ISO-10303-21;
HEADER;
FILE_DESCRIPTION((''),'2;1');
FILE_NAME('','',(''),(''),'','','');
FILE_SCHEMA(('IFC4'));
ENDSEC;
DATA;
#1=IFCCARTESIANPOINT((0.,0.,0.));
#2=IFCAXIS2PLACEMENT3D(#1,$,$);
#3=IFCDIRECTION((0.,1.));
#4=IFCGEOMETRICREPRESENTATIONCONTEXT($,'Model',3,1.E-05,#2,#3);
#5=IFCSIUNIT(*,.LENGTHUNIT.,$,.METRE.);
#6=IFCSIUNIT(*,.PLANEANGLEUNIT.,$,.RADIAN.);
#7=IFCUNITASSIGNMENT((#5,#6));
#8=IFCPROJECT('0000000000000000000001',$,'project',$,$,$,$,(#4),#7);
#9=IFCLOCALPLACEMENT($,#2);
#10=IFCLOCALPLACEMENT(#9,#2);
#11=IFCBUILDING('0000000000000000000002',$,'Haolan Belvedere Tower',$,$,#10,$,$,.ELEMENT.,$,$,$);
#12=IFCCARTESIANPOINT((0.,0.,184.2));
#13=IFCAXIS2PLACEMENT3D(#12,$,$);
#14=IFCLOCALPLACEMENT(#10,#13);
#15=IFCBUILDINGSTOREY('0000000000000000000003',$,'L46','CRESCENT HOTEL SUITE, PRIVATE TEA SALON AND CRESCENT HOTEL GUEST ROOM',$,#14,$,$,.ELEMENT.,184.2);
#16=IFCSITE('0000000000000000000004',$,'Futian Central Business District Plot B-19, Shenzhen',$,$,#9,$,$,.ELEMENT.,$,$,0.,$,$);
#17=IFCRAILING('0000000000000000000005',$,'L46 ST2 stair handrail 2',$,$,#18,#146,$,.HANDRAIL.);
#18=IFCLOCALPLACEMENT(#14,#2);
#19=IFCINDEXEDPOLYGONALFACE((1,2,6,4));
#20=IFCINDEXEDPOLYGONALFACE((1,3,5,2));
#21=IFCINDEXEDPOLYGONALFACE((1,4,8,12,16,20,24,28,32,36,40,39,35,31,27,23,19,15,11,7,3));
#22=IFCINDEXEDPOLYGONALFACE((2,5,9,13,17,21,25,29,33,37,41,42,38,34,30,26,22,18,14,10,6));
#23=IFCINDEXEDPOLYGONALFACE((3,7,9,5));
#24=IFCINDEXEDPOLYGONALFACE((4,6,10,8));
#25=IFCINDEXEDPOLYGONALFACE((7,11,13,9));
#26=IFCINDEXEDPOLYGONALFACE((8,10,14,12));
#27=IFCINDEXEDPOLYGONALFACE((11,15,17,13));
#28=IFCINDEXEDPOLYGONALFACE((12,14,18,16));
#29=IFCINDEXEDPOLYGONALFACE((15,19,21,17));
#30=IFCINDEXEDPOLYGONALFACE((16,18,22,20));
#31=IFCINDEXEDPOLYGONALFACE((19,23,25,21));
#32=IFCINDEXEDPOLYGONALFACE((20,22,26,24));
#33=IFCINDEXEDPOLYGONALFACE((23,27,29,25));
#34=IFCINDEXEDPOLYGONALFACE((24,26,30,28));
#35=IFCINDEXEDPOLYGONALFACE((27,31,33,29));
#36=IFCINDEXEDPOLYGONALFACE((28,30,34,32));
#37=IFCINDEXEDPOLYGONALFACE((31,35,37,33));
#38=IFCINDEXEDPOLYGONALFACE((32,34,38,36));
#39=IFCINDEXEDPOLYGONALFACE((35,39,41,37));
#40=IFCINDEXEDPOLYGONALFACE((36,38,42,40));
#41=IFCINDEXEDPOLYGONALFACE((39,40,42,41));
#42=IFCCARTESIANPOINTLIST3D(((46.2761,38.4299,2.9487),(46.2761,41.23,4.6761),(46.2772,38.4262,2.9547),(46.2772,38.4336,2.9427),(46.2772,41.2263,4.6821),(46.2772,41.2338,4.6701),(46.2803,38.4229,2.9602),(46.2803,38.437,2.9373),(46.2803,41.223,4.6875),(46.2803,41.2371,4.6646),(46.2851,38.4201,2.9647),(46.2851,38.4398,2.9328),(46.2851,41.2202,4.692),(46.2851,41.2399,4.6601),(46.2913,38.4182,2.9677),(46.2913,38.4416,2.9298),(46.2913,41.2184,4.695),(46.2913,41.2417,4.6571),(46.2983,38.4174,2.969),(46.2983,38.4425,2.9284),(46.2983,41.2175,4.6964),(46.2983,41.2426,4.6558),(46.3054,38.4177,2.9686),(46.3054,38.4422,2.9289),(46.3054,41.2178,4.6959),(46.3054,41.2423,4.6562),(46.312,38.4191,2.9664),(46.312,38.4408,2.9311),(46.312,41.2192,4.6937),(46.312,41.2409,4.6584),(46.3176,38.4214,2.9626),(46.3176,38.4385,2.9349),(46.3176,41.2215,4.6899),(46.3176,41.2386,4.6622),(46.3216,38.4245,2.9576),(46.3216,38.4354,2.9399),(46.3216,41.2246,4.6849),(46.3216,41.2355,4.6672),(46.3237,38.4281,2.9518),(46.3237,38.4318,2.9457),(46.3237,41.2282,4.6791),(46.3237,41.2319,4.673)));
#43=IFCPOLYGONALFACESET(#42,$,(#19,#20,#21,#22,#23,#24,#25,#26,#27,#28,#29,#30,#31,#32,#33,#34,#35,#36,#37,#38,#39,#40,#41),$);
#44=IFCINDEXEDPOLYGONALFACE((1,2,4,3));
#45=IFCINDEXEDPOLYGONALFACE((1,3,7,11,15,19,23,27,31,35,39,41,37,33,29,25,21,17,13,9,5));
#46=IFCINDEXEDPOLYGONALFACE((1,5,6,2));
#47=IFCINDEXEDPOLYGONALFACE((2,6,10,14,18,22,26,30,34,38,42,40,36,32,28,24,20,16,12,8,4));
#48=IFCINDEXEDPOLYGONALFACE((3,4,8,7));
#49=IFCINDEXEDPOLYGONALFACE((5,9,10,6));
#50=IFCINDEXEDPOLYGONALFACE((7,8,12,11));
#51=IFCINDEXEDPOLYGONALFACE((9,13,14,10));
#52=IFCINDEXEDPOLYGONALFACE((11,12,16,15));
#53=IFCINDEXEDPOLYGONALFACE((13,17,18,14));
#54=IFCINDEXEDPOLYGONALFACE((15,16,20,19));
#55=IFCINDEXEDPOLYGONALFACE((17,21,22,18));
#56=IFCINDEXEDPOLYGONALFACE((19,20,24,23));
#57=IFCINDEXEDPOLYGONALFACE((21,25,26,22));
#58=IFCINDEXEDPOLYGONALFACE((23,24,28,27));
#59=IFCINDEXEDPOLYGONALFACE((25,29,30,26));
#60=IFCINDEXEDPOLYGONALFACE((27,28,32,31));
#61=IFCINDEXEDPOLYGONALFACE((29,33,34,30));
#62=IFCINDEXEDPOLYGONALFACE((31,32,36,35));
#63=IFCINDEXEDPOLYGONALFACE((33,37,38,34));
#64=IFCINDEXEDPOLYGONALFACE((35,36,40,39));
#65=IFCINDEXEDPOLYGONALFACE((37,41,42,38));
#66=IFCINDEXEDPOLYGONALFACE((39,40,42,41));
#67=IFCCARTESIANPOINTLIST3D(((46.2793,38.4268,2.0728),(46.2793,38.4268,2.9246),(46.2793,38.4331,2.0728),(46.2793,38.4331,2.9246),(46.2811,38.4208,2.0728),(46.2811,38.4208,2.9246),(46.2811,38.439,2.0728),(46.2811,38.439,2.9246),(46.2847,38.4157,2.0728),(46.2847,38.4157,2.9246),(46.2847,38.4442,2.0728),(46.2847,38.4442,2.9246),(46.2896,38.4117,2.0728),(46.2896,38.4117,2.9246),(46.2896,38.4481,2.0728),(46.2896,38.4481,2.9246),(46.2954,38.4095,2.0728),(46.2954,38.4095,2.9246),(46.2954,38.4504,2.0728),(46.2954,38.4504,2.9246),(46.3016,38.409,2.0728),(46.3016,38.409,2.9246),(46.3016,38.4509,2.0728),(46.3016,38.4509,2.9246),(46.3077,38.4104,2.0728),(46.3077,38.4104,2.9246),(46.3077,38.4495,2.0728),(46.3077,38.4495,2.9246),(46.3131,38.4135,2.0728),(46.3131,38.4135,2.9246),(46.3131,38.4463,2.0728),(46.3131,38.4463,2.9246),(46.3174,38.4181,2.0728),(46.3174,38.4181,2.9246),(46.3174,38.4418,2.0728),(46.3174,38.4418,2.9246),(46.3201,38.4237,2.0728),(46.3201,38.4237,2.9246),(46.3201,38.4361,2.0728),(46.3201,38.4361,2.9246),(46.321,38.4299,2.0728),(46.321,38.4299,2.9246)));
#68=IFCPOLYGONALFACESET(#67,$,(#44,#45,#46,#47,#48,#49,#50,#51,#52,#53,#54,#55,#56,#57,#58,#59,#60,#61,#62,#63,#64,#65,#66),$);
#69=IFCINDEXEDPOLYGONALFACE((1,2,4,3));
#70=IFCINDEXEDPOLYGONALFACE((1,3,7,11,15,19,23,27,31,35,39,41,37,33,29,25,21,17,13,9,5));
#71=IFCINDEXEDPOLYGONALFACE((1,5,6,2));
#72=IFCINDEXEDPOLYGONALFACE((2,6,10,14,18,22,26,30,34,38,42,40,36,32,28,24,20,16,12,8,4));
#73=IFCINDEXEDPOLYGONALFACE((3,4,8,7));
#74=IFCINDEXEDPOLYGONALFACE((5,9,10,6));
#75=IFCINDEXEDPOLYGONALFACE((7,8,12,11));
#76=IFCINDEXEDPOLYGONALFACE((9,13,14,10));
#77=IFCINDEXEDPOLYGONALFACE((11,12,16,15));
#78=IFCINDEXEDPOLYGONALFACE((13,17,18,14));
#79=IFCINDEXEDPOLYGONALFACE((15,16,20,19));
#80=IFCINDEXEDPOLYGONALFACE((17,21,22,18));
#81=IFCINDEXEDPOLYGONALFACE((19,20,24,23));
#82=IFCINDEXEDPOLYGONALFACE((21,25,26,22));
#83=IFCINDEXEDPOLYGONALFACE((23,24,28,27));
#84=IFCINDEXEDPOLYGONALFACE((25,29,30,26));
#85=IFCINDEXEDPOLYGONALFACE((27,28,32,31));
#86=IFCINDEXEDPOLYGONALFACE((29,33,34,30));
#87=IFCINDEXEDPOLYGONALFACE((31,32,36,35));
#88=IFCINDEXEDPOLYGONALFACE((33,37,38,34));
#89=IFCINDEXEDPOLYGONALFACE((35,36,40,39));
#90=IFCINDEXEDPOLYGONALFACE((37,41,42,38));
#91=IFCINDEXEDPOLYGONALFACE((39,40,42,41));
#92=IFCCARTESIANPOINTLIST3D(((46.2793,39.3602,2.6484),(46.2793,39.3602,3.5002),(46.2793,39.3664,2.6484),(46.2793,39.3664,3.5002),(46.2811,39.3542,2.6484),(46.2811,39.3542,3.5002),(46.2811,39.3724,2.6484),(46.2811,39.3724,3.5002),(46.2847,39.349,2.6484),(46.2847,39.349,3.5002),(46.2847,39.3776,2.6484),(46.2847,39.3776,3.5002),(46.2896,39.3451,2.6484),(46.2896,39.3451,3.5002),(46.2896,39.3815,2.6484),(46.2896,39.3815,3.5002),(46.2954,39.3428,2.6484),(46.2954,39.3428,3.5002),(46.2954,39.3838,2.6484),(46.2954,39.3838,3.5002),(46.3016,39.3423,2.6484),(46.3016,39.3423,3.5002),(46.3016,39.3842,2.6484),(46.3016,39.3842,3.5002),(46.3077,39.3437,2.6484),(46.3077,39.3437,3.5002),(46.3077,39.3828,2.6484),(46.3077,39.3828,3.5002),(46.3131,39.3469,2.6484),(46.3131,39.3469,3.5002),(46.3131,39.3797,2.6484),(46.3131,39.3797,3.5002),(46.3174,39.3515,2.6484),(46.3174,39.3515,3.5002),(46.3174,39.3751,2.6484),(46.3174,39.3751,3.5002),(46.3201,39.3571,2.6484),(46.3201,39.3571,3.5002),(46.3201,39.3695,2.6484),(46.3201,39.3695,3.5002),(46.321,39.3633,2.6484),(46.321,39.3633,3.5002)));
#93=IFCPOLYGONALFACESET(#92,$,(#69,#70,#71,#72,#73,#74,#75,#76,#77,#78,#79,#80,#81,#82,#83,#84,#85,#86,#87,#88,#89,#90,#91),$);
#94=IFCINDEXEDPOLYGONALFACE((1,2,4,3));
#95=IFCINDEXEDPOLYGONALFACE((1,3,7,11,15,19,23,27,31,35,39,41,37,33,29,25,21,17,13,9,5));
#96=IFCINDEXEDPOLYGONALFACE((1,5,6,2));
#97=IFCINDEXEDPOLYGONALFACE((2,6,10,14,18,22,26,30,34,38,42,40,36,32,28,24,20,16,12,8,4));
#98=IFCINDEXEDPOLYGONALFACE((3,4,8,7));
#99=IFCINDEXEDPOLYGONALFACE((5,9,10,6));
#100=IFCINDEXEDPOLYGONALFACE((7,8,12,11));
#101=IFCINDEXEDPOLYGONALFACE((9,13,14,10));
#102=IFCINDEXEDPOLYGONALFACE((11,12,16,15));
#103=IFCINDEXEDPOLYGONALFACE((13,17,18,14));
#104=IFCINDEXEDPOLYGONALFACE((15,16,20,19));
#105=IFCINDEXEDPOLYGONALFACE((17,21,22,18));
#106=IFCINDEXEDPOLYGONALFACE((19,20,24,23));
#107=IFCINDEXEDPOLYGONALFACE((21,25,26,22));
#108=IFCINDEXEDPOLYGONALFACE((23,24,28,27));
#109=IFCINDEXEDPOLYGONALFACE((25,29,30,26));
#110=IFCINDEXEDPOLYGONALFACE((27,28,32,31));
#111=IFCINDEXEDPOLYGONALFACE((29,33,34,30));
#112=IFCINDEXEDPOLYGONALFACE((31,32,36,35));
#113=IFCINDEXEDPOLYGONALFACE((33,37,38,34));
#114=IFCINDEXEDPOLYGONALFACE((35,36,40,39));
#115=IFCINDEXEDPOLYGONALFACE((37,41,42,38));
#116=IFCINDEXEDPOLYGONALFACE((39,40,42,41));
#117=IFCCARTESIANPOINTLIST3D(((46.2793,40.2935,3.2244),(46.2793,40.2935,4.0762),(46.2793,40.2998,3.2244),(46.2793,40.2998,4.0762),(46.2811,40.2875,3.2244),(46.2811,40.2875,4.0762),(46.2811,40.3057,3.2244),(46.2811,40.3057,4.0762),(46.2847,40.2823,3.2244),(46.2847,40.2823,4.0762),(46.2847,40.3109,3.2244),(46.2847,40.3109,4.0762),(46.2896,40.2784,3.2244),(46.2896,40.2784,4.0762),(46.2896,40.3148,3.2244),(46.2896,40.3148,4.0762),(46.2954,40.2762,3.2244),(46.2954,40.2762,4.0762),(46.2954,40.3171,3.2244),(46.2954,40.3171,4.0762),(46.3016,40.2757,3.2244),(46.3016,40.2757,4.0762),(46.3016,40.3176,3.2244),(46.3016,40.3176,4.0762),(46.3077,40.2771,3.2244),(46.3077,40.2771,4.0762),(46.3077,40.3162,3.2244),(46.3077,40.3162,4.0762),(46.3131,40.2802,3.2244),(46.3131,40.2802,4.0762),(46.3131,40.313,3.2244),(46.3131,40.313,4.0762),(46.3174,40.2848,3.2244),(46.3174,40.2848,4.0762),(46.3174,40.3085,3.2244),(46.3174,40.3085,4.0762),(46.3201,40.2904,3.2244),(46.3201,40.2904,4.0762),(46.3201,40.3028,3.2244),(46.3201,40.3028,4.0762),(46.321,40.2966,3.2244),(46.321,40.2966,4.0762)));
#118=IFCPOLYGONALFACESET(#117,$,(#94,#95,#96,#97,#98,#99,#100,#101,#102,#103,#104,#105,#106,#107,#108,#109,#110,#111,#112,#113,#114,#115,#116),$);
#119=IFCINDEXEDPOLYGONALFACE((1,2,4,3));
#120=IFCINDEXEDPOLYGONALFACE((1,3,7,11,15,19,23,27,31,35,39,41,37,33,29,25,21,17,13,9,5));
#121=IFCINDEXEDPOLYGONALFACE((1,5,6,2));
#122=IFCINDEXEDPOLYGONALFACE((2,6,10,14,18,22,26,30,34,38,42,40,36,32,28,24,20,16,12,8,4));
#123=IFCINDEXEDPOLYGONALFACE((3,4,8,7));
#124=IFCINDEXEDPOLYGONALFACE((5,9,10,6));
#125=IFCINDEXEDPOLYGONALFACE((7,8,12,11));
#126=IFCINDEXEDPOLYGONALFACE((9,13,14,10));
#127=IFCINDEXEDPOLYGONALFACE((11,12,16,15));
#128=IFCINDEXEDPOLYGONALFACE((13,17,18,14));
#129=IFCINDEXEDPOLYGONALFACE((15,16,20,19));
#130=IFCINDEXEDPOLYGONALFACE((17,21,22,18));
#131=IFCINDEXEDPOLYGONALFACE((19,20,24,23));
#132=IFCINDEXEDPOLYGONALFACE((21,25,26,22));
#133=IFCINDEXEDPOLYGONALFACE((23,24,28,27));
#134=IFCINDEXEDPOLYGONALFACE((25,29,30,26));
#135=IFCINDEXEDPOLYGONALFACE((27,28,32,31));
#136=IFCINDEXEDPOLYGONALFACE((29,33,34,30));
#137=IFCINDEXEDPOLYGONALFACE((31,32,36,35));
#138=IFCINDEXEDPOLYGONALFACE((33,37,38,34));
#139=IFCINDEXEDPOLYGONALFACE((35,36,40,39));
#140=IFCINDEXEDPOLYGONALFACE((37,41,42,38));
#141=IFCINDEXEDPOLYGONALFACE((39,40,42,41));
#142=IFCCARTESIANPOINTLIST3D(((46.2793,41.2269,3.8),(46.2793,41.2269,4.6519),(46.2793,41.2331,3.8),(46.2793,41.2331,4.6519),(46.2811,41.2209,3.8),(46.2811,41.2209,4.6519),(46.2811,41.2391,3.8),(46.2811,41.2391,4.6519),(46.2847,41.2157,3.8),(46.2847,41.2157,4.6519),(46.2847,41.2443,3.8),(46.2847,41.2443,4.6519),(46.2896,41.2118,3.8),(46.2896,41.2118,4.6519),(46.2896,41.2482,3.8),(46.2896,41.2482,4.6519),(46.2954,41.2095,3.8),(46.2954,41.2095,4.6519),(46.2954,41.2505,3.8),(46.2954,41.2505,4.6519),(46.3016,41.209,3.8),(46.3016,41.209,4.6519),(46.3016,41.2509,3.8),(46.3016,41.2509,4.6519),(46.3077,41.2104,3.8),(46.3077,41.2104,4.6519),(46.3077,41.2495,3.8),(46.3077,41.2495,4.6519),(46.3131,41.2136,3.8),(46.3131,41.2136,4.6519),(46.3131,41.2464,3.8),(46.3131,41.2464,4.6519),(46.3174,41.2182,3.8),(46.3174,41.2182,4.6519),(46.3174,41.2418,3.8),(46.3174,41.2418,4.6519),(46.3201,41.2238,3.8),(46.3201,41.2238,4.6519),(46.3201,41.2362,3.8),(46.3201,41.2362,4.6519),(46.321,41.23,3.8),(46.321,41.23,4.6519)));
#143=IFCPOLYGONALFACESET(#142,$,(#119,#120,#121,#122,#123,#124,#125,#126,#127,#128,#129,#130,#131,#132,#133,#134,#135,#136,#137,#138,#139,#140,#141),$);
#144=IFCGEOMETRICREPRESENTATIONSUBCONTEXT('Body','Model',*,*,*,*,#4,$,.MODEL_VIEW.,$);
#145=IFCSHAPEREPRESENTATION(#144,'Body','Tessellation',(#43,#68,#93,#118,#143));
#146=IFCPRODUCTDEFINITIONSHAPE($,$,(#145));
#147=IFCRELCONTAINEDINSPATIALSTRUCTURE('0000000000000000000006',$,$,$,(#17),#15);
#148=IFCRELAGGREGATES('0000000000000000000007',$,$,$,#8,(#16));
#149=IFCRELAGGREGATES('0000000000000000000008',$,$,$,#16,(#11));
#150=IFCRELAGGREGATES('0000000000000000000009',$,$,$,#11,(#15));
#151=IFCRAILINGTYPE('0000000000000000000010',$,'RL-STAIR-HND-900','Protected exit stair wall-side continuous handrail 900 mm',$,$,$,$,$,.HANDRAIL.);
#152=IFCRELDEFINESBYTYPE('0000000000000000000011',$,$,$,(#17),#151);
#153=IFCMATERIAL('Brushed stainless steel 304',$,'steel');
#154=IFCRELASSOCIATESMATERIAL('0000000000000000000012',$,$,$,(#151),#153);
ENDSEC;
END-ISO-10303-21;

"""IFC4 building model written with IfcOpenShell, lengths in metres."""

from ifc_helpers import new_model, si_unit, direction, frame, origin, origin_2d, place, context, subcontext, project, spatial, circle, extrude, material, type_object, element, save


model = new_model("IFC4")

# Units and contexts
model_context = context("Model", 3, precision=1e-05, world=origin(), true_north=direction((0.0, 1.0)))
body_context = subcontext(model_context, "Body", "Model", "MODEL_VIEW")
ifc_project = project(units=[si_unit("LENGTHUNIT", "METRE"), si_unit("PLANEANGLEUNIT", "RADIAN")], contexts=[model_context])

# Site, building, storey
site_placement = place(None, origin())
site = spatial("IfcSite", under=ifc_project, at=site_placement, Name="Futian Central Business District Plot B-19, Shenzhen", CompositionType="ELEMENT", RefElevation=0.0)
building_placement = place(site_placement, origin())
building = spatial("IfcBuilding", under=site, at=building_placement, Name="Haolan Belvedere Tower", CompositionType="ELEMENT")
storey_placement = place(building_placement, frame((0.0, 0.0, 184.2)))
storey = spatial("IfcBuildingStorey", under=building, at=storey_placement, Name="L46", Description="CRESCENT HOTEL SUITE, PRIVATE TEA SALON AND CRESCENT HOTEL GUEST ROOM", CompositionType="ELEMENT", Elevation=184.2)

# Railing
ifc_material_1 = material(Name="Brushed stainless steel 304", Category="steel")
railing_type_1 = type_object("IfcRailingType", Name="RL-STAIR-HND-900", Description="Protected exit stair wall-side continuous handrail 900 mm", PredefinedType="HANDRAIL", material=ifc_material_1)
railing_1_placement = place(storey_placement, frame((46.3, 38.4299, 2.0728)))
element("IfcRailing", 1, at=railing_1_placement, inside=storey, type_object=railing_type_1, Name="L46 ST2 stair handrail 2", PredefinedType="HANDRAIL", context=body_context, shape_type="SweptSolid", body=[
    extrude(circle(Radius=0.0239, at=origin_2d()), frame((0.0, 0.0, 0.876), z_axis=(0.0, 0.85109, 0.52502), x_axis=(-1.0, 0.0, 0.0)), (0.0, 0.0, 1.0), 3.29),
    extrude(circle(Radius=0.021, at=origin_2d()), origin(), (0.0, 0.0, 1.0), 0.8518),
    extrude(circle(Radius=0.021, at=origin_2d()), frame((0.0, 0.9333, 0.5757)), (0.0, 0.0, 1.0), 0.8518),
    extrude(circle(Radius=0.021, at=origin_2d()), frame((0.0, 1.8667, 1.1516)), (0.0, 0.0, 1.0), 0.8518),
    extrude(circle(Radius=0.021, at=origin_2d()), frame((0.0, 2.8, 1.7273)), (0.0, 0.0, 1.0), 0.8518),
])

save(model, "model.ifc")
